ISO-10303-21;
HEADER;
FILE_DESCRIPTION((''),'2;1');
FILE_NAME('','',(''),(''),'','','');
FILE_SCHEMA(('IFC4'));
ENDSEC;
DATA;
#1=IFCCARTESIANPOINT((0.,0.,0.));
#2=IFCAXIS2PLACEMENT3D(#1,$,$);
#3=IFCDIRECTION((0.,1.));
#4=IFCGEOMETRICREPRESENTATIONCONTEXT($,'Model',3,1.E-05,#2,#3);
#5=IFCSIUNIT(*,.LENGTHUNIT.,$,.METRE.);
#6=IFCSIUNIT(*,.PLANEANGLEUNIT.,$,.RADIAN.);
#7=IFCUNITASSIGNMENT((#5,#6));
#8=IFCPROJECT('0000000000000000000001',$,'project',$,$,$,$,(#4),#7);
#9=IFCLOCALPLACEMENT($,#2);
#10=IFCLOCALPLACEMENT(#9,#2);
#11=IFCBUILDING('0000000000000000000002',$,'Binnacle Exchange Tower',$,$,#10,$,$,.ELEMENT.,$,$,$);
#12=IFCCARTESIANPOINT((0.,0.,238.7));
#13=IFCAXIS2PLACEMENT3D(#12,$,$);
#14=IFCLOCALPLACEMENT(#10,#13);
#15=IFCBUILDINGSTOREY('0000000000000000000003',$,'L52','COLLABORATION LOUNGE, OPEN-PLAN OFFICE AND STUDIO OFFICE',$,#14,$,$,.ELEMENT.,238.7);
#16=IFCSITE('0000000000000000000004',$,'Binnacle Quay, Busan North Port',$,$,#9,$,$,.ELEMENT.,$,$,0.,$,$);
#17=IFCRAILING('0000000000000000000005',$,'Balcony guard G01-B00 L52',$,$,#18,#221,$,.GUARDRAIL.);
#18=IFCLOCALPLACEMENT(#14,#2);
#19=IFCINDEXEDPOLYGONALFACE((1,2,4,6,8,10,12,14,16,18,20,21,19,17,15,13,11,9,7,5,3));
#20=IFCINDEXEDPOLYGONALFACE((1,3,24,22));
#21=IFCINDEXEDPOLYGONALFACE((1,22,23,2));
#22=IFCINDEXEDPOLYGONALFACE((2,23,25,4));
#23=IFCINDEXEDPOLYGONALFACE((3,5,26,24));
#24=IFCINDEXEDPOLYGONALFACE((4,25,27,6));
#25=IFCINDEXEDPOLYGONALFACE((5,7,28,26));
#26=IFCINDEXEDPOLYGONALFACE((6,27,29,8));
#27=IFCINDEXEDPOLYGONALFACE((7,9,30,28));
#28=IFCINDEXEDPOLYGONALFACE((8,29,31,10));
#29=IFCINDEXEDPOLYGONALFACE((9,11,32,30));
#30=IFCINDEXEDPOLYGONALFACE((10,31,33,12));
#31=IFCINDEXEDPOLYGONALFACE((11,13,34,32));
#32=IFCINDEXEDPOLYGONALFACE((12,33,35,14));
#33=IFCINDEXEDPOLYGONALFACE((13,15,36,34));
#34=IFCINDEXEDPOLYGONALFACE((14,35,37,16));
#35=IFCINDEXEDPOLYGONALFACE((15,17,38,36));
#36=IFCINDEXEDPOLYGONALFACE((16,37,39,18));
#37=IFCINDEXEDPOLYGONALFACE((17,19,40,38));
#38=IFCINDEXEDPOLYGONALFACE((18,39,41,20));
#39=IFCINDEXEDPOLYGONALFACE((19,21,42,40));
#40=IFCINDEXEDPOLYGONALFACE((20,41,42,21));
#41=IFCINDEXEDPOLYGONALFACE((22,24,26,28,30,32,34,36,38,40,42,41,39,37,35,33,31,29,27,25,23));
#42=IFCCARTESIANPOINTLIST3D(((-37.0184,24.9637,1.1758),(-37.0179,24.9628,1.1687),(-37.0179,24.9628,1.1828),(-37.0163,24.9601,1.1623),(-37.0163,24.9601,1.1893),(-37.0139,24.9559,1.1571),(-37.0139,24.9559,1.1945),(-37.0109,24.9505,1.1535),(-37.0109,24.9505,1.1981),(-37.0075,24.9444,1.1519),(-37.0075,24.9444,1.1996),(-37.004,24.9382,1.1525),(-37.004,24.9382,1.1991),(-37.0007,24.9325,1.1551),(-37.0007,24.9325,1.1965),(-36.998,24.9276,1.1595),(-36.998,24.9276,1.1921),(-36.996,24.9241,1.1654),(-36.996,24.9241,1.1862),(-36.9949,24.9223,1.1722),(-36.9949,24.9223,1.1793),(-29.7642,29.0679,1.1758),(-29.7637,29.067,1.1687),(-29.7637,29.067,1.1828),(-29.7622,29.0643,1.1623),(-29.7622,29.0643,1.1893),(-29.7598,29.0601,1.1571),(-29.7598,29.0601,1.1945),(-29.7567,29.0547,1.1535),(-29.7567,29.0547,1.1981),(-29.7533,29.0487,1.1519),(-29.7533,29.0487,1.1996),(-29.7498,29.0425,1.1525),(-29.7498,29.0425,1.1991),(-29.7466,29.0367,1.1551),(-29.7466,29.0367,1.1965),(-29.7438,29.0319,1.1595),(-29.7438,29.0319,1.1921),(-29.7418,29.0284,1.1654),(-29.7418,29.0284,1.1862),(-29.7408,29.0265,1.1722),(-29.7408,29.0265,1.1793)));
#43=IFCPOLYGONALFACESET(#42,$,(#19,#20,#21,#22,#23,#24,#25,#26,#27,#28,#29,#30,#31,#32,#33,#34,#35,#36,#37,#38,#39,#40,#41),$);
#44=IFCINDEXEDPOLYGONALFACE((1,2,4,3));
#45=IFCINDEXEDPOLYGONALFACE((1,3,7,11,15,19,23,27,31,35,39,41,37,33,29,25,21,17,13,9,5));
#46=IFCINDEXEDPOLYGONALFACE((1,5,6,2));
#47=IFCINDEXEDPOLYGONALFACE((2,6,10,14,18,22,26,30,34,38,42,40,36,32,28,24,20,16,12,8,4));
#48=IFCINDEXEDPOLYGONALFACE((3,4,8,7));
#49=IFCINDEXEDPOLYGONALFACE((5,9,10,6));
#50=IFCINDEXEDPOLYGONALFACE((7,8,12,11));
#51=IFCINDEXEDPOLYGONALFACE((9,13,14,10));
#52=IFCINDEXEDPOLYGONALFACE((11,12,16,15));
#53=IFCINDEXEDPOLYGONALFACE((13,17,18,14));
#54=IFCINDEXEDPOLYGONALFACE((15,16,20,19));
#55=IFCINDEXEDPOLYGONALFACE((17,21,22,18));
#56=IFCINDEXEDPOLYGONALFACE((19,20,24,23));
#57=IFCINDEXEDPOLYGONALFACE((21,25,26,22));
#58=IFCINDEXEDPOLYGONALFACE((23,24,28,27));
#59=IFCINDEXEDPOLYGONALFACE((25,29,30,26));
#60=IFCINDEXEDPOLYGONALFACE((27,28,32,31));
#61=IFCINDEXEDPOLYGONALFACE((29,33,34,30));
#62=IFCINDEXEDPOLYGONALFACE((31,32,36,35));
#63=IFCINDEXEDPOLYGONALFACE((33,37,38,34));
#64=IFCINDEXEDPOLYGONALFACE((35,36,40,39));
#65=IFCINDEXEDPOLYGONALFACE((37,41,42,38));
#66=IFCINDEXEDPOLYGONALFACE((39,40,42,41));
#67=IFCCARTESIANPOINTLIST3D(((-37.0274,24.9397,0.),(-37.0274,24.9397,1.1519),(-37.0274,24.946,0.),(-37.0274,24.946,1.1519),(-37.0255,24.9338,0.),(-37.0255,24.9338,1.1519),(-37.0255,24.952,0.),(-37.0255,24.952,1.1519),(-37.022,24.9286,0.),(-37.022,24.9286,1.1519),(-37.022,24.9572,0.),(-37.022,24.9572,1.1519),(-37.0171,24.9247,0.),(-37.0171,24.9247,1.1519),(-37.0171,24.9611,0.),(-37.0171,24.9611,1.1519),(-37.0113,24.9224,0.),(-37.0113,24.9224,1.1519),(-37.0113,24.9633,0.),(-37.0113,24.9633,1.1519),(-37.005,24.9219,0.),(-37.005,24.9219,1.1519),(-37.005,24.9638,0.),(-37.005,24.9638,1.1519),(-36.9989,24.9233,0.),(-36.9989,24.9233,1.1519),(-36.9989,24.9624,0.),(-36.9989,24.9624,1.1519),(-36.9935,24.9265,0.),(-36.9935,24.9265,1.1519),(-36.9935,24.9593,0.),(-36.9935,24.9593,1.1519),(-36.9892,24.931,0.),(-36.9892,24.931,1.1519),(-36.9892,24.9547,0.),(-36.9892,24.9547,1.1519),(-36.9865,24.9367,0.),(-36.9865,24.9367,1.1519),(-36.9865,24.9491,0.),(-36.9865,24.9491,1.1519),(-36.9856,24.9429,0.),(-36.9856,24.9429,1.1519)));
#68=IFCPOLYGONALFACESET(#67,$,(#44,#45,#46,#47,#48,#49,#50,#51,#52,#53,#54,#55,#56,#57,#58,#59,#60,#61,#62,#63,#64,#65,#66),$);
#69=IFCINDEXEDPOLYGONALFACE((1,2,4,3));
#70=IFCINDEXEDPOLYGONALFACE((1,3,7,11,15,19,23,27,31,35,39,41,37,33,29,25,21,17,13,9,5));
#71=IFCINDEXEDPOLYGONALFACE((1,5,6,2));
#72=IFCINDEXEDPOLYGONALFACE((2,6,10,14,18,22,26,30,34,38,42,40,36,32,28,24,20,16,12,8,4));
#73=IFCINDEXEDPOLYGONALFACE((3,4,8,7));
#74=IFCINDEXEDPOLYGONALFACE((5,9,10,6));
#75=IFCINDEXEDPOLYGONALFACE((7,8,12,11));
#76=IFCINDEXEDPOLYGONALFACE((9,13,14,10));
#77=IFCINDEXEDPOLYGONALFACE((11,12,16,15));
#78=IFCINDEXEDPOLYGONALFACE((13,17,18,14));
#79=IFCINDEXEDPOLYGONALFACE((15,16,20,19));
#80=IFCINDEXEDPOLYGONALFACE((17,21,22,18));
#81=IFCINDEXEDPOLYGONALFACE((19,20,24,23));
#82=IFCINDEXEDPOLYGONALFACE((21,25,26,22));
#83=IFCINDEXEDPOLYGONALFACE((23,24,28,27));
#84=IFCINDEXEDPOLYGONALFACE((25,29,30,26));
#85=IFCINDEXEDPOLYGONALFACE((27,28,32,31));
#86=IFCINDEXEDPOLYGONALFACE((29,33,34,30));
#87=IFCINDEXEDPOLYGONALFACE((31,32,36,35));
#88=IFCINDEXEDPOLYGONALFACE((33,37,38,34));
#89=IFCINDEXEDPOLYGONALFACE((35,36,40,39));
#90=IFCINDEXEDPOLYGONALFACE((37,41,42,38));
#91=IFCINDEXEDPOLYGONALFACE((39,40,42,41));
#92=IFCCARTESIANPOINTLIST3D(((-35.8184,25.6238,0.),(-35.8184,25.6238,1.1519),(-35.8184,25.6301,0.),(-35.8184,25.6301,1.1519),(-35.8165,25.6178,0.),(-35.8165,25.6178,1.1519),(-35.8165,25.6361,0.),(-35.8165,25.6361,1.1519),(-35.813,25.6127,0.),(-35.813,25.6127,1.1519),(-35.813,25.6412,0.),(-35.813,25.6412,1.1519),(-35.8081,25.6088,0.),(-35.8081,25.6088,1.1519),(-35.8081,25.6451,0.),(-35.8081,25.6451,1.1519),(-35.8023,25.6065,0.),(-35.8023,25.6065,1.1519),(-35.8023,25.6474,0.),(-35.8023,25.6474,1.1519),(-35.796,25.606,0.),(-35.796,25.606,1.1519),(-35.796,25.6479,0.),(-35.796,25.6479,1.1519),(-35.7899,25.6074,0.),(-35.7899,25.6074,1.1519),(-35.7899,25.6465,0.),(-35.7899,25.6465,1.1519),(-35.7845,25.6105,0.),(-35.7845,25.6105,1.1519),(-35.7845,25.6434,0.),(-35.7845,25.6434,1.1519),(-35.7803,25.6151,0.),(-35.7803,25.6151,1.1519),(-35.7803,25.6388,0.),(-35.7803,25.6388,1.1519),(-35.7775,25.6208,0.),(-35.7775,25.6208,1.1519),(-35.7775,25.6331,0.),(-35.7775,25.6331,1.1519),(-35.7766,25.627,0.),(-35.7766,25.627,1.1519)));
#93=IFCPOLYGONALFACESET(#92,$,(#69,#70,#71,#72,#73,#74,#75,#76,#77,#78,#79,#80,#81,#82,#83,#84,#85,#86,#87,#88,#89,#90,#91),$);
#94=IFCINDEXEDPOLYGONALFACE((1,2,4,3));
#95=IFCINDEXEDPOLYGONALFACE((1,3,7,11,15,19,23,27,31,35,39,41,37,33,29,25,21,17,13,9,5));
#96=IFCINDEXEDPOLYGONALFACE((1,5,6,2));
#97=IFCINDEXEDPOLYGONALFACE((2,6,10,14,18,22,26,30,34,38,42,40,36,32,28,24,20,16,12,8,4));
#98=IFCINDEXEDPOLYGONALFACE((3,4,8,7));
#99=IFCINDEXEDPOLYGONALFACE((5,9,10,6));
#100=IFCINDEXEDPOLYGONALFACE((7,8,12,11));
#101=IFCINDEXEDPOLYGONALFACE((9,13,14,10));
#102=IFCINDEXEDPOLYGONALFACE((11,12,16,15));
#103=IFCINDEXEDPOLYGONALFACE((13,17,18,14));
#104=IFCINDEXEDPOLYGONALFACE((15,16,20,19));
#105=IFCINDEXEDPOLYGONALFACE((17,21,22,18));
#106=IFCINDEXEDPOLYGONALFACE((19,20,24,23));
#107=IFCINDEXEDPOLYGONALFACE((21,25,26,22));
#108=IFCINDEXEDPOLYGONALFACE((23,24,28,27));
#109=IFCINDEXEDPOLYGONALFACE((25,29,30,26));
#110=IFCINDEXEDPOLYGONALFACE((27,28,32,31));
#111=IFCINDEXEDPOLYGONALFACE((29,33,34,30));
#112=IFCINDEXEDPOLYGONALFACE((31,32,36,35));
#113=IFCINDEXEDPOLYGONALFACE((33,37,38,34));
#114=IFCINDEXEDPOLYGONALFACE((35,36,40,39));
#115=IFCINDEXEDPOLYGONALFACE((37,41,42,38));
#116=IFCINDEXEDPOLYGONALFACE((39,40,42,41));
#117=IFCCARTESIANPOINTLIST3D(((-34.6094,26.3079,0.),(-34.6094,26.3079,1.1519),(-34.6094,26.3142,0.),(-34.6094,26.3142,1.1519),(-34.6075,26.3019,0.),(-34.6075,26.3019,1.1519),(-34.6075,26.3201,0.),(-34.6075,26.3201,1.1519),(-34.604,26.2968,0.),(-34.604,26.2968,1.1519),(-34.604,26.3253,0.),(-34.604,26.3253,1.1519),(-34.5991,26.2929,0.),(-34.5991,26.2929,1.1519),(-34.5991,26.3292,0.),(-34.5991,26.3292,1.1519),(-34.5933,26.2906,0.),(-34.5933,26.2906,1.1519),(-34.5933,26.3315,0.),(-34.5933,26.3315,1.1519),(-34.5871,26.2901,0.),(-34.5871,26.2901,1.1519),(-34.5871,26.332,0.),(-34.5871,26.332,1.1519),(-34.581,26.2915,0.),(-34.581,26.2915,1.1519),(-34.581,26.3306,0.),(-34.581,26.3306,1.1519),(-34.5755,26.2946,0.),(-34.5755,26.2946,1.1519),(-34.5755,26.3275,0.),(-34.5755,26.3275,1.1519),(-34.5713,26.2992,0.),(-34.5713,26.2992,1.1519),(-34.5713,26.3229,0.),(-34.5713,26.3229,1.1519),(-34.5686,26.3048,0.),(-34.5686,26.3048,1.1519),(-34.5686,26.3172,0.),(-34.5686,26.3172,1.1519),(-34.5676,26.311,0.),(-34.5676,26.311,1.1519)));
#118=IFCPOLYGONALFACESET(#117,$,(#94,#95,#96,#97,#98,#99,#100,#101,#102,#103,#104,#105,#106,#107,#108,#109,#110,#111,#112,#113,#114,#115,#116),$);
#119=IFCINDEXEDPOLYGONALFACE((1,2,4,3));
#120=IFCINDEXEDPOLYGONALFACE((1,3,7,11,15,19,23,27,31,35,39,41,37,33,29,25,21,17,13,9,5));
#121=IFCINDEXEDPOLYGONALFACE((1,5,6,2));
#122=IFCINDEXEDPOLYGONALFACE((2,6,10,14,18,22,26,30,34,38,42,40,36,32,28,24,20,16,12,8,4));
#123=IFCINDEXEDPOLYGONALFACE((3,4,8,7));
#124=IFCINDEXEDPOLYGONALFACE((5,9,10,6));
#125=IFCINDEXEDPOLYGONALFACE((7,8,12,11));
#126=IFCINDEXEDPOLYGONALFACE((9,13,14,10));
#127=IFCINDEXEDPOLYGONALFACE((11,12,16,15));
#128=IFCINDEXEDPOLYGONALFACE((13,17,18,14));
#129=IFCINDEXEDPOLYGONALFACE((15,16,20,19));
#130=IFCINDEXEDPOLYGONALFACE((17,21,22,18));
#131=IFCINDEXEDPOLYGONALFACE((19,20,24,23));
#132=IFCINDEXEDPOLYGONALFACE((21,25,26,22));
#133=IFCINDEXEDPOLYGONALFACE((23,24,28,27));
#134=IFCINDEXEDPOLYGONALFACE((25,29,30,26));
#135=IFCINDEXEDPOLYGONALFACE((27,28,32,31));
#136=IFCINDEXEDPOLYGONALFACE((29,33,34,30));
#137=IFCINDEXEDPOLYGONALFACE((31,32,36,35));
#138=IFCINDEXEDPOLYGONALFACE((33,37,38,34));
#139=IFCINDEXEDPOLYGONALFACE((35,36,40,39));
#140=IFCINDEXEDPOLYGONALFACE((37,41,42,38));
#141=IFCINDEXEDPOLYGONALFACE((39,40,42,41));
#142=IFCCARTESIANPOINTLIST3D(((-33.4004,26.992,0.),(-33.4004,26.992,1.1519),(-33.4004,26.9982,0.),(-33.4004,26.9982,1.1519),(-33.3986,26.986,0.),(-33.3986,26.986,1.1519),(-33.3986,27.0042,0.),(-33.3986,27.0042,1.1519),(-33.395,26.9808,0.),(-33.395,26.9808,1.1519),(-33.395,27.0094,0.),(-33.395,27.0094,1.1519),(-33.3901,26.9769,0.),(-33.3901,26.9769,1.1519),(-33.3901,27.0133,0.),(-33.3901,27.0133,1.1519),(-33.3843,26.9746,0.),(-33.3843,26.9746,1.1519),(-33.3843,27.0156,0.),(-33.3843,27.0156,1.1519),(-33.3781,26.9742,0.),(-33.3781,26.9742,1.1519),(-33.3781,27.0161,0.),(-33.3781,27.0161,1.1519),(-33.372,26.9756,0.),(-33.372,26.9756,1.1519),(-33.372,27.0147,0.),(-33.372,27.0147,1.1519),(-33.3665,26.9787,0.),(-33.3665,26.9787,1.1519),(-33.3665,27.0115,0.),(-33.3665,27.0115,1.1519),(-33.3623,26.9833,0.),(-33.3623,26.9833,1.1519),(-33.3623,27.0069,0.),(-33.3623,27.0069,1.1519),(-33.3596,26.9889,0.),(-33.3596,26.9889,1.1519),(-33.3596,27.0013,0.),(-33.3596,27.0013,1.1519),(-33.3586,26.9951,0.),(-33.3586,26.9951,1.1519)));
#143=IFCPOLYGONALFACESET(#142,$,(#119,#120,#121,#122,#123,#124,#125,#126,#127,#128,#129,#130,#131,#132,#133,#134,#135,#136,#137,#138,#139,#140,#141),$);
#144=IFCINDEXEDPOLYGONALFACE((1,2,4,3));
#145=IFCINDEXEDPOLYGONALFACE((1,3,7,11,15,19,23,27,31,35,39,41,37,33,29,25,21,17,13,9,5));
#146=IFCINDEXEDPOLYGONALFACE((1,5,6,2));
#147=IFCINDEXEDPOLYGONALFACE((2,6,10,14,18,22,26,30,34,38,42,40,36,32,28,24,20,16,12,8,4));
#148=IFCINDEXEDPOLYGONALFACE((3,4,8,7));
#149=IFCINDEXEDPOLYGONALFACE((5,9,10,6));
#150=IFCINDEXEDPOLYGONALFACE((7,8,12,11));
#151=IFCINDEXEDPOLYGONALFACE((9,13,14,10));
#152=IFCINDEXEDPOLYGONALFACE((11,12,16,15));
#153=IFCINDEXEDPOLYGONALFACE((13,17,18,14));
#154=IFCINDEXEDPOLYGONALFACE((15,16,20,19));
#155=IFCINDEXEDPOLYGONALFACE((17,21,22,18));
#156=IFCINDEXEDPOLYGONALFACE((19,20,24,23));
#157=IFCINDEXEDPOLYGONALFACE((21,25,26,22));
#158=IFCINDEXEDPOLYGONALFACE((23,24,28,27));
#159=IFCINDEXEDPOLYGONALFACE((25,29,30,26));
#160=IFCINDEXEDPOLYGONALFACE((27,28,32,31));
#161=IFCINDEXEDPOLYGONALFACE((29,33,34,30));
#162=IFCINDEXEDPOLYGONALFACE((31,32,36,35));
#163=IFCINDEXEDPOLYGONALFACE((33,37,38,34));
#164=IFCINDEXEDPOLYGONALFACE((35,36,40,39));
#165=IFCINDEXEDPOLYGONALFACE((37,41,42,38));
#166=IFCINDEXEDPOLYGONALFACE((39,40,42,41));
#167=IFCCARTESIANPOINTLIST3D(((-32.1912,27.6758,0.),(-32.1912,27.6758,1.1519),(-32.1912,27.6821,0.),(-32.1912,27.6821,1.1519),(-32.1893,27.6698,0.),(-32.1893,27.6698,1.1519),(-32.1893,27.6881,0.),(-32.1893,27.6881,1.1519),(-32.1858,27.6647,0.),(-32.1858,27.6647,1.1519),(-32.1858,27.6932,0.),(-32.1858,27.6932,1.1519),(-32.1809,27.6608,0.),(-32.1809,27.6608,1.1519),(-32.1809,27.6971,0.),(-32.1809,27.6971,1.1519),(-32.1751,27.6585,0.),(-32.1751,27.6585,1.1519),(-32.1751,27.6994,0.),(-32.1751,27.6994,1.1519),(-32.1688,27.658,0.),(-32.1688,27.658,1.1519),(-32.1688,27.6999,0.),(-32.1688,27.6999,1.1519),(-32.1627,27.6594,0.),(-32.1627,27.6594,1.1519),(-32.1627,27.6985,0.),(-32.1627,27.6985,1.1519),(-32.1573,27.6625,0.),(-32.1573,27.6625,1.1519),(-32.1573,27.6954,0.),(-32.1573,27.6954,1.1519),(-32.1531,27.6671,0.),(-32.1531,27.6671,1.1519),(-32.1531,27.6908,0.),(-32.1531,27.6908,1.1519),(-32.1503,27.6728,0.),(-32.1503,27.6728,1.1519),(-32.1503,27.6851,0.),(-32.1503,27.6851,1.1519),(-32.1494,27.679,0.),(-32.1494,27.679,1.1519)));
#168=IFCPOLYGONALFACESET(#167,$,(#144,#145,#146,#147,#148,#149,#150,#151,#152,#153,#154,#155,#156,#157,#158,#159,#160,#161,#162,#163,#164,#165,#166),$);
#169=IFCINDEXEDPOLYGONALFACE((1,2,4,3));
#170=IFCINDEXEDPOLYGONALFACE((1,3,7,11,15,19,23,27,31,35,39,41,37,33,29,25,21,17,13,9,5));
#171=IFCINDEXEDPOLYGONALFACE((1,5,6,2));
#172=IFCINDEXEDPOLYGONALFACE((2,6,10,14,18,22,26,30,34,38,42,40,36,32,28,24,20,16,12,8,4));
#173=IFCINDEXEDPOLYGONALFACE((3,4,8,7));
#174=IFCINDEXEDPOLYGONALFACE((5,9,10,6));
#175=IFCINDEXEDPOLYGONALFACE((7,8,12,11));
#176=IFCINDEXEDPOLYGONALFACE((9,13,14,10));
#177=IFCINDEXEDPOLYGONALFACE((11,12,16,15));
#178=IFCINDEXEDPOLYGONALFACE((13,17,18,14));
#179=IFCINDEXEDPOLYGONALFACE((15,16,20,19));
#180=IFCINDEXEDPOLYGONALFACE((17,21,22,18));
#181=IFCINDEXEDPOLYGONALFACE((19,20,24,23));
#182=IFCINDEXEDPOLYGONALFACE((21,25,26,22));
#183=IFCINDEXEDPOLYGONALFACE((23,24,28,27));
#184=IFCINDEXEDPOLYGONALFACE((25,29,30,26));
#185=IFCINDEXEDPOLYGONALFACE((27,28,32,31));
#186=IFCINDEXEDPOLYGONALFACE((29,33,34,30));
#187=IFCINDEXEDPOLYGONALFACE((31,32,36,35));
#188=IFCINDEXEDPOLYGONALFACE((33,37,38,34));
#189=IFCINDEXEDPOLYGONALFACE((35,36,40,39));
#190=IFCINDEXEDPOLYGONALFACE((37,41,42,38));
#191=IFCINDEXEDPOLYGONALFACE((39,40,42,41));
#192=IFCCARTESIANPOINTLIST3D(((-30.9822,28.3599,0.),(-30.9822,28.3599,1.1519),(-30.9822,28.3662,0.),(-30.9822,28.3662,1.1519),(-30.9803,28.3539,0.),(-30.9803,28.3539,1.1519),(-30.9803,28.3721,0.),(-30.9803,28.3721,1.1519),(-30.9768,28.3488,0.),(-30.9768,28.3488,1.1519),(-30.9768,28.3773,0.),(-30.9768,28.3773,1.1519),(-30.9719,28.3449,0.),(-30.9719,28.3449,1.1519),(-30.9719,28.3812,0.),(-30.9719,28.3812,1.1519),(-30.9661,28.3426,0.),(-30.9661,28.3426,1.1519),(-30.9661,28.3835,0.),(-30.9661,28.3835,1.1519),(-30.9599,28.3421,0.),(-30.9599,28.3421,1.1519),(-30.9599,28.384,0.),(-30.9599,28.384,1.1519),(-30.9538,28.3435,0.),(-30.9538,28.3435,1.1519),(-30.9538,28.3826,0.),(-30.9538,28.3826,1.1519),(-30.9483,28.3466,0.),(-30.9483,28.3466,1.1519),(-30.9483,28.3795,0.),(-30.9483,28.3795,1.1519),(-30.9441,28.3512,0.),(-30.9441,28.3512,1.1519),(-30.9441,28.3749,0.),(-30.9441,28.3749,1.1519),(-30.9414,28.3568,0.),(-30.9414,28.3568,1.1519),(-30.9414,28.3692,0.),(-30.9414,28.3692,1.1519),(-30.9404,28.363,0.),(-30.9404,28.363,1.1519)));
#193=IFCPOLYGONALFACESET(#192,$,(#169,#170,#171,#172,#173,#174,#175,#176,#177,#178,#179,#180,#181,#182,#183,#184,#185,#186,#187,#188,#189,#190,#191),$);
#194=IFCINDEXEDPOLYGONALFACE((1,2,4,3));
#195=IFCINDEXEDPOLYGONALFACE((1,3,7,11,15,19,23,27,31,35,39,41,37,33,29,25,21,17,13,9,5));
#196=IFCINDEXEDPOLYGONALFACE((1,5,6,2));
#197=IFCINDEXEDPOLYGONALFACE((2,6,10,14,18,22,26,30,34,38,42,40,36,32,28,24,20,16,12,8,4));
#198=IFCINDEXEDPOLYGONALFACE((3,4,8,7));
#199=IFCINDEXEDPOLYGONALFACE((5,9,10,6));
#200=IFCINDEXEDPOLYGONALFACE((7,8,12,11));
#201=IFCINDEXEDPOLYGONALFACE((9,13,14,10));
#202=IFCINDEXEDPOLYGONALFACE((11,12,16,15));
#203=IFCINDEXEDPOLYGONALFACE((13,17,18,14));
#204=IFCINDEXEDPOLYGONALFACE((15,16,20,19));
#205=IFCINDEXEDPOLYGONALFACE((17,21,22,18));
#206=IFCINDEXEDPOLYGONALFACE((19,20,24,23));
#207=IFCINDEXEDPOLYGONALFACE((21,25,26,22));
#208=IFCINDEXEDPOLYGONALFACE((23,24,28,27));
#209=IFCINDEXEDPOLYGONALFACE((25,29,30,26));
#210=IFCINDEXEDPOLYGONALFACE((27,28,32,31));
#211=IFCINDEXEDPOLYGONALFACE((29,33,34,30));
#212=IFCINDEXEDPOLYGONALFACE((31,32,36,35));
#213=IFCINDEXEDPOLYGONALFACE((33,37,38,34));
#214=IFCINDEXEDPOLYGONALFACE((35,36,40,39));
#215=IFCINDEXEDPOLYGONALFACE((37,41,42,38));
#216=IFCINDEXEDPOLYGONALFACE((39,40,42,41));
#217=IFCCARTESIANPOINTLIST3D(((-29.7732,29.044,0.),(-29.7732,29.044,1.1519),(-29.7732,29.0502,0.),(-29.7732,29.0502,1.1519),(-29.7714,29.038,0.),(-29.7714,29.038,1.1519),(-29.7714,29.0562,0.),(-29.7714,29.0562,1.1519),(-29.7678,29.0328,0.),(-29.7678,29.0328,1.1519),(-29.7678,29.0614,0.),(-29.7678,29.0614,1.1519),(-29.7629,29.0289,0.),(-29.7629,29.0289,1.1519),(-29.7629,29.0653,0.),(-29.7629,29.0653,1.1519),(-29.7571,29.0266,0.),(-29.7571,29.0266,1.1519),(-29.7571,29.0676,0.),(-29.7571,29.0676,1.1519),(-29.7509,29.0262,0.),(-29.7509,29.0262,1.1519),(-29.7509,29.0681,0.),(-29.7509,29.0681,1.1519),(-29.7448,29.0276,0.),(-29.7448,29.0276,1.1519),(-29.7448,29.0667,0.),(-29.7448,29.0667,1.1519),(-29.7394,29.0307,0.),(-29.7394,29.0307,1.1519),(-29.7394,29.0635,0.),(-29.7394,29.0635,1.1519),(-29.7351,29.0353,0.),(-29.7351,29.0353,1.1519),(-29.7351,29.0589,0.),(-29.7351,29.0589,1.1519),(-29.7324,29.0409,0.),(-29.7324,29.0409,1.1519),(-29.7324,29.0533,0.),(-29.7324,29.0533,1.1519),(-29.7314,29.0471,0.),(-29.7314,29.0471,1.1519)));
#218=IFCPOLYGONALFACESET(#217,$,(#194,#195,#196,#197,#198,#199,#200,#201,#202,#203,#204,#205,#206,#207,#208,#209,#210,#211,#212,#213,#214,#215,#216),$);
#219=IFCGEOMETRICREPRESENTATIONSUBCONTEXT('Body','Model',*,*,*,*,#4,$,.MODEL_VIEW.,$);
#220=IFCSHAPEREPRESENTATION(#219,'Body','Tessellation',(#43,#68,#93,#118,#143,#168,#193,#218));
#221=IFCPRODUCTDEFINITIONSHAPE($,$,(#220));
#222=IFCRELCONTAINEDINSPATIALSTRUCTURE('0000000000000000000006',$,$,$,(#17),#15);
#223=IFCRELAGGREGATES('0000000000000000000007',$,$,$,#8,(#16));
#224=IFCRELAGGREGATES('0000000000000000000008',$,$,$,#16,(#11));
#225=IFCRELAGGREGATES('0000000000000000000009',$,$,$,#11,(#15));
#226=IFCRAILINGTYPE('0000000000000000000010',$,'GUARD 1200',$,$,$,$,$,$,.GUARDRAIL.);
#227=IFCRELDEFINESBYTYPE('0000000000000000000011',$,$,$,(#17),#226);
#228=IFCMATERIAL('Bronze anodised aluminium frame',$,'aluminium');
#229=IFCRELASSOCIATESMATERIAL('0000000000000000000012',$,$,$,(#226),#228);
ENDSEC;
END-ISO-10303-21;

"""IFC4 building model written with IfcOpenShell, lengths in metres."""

from ifc_helpers import new_model, si_unit, direction, frame, origin, origin_2d, place, context, subcontext, project, spatial, circle, extrude, material, type_object, element, save


model = new_model("IFC4")

# Units and contexts
model_context = context("Model", 3, precision=1e-05, world=origin(), true_north=direction((0.0, 1.0)))
body_context = subcontext(model_context, "Body", "Model", "MODEL_VIEW")
ifc_project = project(units=[si_unit("LENGTHUNIT", "METRE"), si_unit("PLANEANGLEUNIT", "RADIAN")], contexts=[model_context])

# Site, building, storey
site_placement = place(None, origin())
site = spatial("IfcSite", under=ifc_project, at=site_placement, Name="Binnacle Quay, Busan North Port", CompositionType="ELEMENT", RefElevation=0.0)
building_placement = place(site_placement, origin())
building = spatial("IfcBuilding", under=site, at=building_placement, Name="Binnacle Exchange Tower", CompositionType="ELEMENT")
storey_placement = place(building_placement, frame((0.0, 0.0, 238.7)))
storey = spatial("IfcBuildingStorey", under=building, at=storey_placement, Name="L52", Description="COLLABORATION LOUNGE, OPEN-PLAN OFFICE AND STUDIO OFFICE", CompositionType="ELEMENT", Elevation=238.7)

# Railing
ifc_material_1 = material(Name="Bronze anodised aluminium frame", Category="aluminium")
railing_type_1 = type_object("IfcRailingType", Name="GUARD 1200", PredefinedType="GUARDRAIL", material=ifc_material_1)
railing_1_placement = place(storey_placement, frame((-37.0066, 24.9429, 0.0)))
element("IfcRailing", 1, at=railing_1_placement, inside=storey, type_object=railing_type_1, Name="Balcony guard G01-B00 L52", PredefinedType="GUARDRAIL", context=body_context, shape_type="SweptSolid", body=[
    extrude(circle(Radius=0.0239, at=origin_2d()), frame((0.0, 0.0, 1.1758), z_axis=(0.870353, 0.492428, 0.0), x_axis=(-0.492428, 0.870353, 0.0)), (0.0, 0.0, 1.0), 8.3347),
    extrude(circle(Radius=0.021, at=origin_2d()), origin(), (0.0, 0.0, 1.0), 1.1519),
    extrude(circle(Radius=0.021, at=origin_2d()), frame((1.209, 0.6841, 0.0)), (0.0, 0.0, 1.0), 1.1519),
    extrude(circle(Radius=0.021, at=origin_2d()), frame((2.418, 1.3682, 0.0)), (0.0, 0.0, 1.0), 1.1519),
    extrude(circle(Radius=0.021, at=origin_2d()), frame((3.627, 2.0522, 0.0)), (0.0, 0.0, 1.0), 1.1519),
    extrude(circle(Radius=0.021, at=origin_2d()), frame((4.8362, 2.7361, 0.0)), (0.0, 0.0, 1.0), 1.1519),
    extrude(circle(Radius=0.021, at=origin_2d()), frame((6.0452, 3.4202, 0.0)), (0.0, 0.0, 1.0), 1.1519),
    extrude(circle(Radius=0.021, at=origin_2d()), frame((7.2542, 4.1042, 0.0)), (0.0, 0.0, 1.0), 1.1519),
])

save(model, "model.ifc")
